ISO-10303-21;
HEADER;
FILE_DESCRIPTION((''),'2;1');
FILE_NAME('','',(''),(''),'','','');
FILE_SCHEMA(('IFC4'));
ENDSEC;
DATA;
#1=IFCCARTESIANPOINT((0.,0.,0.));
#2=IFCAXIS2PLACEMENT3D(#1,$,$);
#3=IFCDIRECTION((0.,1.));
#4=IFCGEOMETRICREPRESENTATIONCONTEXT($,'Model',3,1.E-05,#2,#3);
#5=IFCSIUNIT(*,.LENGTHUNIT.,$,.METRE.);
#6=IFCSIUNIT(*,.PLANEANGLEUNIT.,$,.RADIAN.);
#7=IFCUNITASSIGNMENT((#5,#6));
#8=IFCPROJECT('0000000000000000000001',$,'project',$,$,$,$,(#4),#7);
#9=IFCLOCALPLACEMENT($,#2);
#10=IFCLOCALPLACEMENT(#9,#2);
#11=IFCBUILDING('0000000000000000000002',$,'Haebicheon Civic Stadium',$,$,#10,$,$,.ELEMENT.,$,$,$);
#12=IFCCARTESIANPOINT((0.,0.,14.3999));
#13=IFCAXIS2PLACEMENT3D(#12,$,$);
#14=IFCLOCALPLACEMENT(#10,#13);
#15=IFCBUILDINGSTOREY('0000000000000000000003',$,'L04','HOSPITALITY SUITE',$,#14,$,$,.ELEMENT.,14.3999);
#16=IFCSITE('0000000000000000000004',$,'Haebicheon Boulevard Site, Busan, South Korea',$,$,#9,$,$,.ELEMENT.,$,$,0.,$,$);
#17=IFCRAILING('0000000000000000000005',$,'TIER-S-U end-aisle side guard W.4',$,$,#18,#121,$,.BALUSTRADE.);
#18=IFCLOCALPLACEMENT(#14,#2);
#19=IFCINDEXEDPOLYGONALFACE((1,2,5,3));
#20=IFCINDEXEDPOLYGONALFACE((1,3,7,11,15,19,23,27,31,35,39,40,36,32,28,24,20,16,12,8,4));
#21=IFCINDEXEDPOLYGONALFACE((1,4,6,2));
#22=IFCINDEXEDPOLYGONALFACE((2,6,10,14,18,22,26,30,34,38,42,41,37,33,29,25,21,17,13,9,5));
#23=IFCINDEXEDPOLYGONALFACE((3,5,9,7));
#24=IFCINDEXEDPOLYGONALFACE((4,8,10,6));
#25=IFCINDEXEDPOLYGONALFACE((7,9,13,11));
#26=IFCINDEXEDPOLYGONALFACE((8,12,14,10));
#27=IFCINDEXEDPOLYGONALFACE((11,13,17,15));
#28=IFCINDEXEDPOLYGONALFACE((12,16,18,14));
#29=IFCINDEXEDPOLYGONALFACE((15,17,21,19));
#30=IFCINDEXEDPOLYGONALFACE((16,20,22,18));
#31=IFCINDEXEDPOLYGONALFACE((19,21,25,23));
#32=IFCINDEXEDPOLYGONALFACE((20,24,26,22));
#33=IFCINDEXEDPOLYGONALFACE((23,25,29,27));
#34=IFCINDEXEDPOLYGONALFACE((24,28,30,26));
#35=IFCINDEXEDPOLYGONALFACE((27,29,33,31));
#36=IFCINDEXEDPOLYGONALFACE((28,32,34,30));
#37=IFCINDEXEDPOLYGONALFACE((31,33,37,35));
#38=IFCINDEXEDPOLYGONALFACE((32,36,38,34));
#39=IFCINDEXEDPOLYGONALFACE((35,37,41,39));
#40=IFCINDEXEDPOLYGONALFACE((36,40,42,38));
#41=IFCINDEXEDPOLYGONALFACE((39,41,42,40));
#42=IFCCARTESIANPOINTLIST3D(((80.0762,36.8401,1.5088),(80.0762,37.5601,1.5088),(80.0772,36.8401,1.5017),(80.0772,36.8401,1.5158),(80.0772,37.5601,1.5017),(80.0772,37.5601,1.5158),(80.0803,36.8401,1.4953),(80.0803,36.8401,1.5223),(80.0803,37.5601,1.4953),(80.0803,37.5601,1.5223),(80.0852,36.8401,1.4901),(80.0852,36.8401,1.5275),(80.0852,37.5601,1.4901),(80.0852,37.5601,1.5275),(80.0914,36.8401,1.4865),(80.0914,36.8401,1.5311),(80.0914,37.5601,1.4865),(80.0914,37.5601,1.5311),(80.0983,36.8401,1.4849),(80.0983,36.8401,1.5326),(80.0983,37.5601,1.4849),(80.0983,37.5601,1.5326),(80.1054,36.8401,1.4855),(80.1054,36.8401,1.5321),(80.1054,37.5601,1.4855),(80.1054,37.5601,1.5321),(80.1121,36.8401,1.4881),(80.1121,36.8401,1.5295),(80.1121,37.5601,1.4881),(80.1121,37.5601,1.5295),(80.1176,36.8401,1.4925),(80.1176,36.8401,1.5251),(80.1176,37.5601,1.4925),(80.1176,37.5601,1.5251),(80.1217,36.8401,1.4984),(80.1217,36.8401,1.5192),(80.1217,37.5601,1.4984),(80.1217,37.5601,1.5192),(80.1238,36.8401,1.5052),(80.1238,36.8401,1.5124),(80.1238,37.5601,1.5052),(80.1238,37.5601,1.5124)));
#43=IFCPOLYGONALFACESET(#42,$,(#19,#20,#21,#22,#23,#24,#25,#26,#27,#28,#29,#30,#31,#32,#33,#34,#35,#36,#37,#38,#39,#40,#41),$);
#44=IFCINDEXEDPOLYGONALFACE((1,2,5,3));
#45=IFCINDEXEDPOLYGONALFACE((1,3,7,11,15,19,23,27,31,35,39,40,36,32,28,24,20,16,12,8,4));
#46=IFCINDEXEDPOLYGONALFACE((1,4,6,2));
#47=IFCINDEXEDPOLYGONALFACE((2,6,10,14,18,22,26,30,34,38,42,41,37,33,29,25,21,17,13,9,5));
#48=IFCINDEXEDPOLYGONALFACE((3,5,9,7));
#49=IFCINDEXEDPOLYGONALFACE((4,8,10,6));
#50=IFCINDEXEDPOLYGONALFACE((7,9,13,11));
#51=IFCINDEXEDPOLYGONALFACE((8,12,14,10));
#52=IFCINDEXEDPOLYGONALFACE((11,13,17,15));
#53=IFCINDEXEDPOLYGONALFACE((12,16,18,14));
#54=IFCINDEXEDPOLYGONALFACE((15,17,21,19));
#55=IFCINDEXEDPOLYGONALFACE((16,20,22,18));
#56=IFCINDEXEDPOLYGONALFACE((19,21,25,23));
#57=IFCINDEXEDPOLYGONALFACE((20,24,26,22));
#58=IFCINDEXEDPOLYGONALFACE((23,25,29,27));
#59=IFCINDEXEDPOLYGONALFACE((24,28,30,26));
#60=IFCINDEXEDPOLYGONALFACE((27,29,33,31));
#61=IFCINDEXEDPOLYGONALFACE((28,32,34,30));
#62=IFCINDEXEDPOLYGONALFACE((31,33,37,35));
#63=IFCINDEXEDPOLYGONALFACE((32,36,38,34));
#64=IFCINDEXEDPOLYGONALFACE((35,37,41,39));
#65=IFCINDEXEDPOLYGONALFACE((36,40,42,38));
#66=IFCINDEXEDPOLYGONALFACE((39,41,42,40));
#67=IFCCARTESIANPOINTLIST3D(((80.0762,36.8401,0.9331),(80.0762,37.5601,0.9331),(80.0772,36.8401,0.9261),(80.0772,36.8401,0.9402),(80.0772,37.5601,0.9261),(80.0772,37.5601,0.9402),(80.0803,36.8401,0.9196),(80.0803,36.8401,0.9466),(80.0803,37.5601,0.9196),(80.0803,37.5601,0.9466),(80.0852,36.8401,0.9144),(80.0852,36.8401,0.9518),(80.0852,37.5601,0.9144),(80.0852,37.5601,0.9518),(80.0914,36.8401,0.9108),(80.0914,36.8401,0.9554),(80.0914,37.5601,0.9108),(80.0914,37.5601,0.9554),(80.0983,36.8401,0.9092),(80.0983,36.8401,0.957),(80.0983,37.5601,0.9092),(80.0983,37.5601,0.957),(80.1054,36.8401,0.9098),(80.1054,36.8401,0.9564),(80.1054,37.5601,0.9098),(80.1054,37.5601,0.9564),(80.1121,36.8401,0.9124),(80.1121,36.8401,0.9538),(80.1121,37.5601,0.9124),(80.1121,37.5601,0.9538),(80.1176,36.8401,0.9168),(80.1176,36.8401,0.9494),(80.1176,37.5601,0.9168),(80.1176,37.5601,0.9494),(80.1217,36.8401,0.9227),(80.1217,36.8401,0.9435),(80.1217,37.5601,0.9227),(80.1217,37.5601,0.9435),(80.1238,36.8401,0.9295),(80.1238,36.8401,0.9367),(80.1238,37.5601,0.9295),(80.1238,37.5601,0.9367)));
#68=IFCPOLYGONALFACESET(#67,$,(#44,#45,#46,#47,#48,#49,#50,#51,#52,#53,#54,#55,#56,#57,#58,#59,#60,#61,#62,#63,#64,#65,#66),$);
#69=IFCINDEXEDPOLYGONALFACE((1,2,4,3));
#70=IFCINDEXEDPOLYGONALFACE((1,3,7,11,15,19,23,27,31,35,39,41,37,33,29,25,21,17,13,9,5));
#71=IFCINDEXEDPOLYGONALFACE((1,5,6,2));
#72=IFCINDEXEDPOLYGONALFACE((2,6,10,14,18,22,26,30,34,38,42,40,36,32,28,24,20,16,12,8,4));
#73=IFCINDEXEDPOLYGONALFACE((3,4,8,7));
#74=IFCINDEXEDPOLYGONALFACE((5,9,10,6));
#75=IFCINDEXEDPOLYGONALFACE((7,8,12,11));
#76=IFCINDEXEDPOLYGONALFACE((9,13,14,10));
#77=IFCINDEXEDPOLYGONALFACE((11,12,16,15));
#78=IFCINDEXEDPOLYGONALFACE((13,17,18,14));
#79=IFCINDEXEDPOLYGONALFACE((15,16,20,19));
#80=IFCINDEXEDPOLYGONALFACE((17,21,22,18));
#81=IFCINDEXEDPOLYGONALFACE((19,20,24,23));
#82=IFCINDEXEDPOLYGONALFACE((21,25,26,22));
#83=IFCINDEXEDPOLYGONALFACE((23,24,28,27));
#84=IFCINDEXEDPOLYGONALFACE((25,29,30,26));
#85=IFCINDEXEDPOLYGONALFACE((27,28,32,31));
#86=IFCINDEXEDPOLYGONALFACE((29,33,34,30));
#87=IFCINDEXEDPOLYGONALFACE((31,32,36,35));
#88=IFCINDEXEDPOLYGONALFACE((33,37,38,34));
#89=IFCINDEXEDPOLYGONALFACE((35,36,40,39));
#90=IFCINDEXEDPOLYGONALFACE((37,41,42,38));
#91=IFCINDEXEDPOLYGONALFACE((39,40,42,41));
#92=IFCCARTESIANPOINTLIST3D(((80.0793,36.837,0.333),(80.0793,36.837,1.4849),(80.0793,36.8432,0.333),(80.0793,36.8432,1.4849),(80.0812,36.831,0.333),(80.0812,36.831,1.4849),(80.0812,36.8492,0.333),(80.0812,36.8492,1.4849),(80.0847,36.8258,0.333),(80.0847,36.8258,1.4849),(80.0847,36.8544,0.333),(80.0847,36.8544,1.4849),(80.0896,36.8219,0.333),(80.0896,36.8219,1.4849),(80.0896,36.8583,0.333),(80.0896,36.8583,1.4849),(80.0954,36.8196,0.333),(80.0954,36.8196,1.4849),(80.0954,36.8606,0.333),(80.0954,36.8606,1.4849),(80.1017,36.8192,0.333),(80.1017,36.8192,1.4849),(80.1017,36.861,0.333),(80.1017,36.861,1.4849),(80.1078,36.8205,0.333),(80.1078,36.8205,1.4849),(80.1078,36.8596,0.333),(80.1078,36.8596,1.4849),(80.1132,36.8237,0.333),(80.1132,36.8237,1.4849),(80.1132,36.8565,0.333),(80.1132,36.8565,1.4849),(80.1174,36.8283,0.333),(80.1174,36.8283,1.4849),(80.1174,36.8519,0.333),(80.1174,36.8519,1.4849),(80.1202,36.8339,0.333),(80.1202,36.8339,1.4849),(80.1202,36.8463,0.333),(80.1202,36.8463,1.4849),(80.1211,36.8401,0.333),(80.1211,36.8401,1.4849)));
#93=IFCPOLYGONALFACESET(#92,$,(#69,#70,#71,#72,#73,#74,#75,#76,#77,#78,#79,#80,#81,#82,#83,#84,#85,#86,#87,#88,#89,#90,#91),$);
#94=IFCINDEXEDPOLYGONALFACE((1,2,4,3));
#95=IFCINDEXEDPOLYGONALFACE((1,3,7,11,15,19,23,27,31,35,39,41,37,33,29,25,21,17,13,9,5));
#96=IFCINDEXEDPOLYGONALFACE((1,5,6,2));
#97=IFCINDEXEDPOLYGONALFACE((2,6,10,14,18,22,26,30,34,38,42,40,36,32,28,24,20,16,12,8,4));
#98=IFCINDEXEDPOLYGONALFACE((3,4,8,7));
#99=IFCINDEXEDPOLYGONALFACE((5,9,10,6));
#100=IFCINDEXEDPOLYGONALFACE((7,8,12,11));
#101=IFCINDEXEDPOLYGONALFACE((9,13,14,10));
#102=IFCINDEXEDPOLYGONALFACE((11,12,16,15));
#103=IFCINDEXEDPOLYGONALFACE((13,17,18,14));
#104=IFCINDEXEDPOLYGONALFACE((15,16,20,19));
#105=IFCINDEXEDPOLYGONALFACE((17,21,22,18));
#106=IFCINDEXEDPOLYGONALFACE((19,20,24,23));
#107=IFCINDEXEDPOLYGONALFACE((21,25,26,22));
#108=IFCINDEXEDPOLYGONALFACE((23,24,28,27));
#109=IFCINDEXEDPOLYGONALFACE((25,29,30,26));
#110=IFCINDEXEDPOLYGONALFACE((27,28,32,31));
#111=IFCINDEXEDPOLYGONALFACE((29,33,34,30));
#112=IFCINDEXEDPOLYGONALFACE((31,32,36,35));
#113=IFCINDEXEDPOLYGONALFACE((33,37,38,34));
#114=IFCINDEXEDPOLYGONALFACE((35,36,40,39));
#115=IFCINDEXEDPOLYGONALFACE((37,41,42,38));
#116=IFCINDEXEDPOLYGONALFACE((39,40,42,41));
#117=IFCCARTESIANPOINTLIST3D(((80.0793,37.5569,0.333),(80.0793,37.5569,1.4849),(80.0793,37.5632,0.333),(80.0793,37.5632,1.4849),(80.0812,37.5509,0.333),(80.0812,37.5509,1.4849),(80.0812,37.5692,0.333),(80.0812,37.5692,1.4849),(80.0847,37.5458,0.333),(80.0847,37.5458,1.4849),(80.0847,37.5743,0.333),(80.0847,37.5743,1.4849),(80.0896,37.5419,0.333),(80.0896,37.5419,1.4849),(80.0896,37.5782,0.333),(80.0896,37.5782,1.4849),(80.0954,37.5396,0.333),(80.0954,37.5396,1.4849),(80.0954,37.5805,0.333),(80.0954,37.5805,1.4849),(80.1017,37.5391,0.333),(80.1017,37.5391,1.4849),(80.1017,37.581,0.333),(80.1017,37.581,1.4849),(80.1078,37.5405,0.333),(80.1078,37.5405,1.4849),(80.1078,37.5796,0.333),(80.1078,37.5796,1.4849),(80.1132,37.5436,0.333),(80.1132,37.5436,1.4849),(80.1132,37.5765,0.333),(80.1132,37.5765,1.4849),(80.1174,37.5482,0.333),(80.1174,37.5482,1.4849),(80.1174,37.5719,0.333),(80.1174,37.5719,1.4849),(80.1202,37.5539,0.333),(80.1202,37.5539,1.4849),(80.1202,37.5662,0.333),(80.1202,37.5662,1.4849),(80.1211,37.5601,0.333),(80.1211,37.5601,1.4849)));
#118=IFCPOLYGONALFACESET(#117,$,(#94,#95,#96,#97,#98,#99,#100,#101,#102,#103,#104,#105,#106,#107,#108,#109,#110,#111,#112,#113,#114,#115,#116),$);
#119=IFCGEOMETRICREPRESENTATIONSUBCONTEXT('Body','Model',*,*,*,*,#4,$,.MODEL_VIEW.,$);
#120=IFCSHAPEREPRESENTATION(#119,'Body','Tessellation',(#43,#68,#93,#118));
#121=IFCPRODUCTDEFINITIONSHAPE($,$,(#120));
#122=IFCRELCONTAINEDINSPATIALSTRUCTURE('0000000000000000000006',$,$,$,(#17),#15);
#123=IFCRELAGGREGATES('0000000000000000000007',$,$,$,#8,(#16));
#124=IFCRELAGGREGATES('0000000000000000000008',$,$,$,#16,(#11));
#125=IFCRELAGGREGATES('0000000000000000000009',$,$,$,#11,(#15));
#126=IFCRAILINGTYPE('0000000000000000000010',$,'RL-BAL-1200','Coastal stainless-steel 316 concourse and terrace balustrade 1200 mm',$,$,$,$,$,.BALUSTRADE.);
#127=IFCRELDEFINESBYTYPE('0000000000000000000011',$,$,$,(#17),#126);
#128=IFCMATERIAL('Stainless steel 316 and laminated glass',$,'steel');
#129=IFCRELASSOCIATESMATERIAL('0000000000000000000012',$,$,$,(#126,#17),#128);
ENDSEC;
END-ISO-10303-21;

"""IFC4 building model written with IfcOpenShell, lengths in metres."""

from ifc_helpers import new_model, si_unit, direction, frame, origin, origin_2d, place, context, subcontext, project, spatial, circle, extrude, material, type_object, element, save


model = new_model("IFC4")

# Units and contexts
model_context = context("Model", 3, precision=1e-05, world=origin(), true_north=direction((0.0, 1.0)))
body_context = subcontext(model_context, "Body", "Model", "MODEL_VIEW")
ifc_project = project(units=[si_unit("LENGTHUNIT", "METRE"), si_unit("PLANEANGLEUNIT", "RADIAN")], contexts=[model_context])

# Site, building, storey
site_placement = place(None, origin())
site = spatial("IfcSite", under=ifc_project, at=site_placement, Name="Haebicheon Boulevard Site, Busan, South Korea", CompositionType="ELEMENT", RefElevation=0.0)
building_placement = place(site_placement, origin())
building = spatial("IfcBuilding", under=site, at=building_placement, Name="Haebicheon Civic Stadium", CompositionType="ELEMENT")
storey_placement = place(building_placement, frame((0.0, 0.0, 14.3999)))
storey = spatial("IfcBuildingStorey", under=building, at=storey_placement, Name="L04", Description="HOSPITALITY SUITE", CompositionType="ELEMENT", Elevation=14.3999)

# Railing
ifc_material_1 = material(Name="Stainless steel 316 and laminated glass", Category="steel")
railing_type = type_object("IfcRailingType", Name="RL-BAL-1200", Description="Coastal stainless-steel 316 concourse and terrace balustrade 1200 mm", PredefinedType="BALUSTRADE", material=ifc_material_1)
for number, where, name in (
    (1, (80.1001, 36.8401, 0.333), "TIER-S-U end-aisle side guard W.4"),
):
    element("IfcRailing", number, at=place(storey_placement, frame(where)), inside=storey, type_object=railing_type, material=ifc_material_1, Name=name, PredefinedType="BALUSTRADE", context=body_context, shape_type="SweptSolid", body=[
        extrude(circle(Radius=0.0239, at=origin_2d()), frame((0.0, 0.0, 1.1758), z_axis=(0.0, 1.0, 0.0), x_axis=(-1.0, 0.0, 0.0)), (0.0, 0.0, 1.0), 0.72),
        extrude(circle(Radius=0.0239, at=origin_2d()), frame((0.0, 0.0, 0.6001), z_axis=(0.0, 1.0, 0.0), x_axis=(-1.0, 0.0, 0.0)), (0.0, 0.0, 1.0), 0.72),
        extrude(circle(Radius=0.021, at=origin_2d()), origin(), (0.0, 0.0, 1.0), 1.1519),
        extrude(circle(Radius=0.021, at=origin_2d()), frame((0.0, 0.72, 0.0)), (0.0, 0.0, 1.0), 1.1519),
    ])

save(model, "model.ifc")
